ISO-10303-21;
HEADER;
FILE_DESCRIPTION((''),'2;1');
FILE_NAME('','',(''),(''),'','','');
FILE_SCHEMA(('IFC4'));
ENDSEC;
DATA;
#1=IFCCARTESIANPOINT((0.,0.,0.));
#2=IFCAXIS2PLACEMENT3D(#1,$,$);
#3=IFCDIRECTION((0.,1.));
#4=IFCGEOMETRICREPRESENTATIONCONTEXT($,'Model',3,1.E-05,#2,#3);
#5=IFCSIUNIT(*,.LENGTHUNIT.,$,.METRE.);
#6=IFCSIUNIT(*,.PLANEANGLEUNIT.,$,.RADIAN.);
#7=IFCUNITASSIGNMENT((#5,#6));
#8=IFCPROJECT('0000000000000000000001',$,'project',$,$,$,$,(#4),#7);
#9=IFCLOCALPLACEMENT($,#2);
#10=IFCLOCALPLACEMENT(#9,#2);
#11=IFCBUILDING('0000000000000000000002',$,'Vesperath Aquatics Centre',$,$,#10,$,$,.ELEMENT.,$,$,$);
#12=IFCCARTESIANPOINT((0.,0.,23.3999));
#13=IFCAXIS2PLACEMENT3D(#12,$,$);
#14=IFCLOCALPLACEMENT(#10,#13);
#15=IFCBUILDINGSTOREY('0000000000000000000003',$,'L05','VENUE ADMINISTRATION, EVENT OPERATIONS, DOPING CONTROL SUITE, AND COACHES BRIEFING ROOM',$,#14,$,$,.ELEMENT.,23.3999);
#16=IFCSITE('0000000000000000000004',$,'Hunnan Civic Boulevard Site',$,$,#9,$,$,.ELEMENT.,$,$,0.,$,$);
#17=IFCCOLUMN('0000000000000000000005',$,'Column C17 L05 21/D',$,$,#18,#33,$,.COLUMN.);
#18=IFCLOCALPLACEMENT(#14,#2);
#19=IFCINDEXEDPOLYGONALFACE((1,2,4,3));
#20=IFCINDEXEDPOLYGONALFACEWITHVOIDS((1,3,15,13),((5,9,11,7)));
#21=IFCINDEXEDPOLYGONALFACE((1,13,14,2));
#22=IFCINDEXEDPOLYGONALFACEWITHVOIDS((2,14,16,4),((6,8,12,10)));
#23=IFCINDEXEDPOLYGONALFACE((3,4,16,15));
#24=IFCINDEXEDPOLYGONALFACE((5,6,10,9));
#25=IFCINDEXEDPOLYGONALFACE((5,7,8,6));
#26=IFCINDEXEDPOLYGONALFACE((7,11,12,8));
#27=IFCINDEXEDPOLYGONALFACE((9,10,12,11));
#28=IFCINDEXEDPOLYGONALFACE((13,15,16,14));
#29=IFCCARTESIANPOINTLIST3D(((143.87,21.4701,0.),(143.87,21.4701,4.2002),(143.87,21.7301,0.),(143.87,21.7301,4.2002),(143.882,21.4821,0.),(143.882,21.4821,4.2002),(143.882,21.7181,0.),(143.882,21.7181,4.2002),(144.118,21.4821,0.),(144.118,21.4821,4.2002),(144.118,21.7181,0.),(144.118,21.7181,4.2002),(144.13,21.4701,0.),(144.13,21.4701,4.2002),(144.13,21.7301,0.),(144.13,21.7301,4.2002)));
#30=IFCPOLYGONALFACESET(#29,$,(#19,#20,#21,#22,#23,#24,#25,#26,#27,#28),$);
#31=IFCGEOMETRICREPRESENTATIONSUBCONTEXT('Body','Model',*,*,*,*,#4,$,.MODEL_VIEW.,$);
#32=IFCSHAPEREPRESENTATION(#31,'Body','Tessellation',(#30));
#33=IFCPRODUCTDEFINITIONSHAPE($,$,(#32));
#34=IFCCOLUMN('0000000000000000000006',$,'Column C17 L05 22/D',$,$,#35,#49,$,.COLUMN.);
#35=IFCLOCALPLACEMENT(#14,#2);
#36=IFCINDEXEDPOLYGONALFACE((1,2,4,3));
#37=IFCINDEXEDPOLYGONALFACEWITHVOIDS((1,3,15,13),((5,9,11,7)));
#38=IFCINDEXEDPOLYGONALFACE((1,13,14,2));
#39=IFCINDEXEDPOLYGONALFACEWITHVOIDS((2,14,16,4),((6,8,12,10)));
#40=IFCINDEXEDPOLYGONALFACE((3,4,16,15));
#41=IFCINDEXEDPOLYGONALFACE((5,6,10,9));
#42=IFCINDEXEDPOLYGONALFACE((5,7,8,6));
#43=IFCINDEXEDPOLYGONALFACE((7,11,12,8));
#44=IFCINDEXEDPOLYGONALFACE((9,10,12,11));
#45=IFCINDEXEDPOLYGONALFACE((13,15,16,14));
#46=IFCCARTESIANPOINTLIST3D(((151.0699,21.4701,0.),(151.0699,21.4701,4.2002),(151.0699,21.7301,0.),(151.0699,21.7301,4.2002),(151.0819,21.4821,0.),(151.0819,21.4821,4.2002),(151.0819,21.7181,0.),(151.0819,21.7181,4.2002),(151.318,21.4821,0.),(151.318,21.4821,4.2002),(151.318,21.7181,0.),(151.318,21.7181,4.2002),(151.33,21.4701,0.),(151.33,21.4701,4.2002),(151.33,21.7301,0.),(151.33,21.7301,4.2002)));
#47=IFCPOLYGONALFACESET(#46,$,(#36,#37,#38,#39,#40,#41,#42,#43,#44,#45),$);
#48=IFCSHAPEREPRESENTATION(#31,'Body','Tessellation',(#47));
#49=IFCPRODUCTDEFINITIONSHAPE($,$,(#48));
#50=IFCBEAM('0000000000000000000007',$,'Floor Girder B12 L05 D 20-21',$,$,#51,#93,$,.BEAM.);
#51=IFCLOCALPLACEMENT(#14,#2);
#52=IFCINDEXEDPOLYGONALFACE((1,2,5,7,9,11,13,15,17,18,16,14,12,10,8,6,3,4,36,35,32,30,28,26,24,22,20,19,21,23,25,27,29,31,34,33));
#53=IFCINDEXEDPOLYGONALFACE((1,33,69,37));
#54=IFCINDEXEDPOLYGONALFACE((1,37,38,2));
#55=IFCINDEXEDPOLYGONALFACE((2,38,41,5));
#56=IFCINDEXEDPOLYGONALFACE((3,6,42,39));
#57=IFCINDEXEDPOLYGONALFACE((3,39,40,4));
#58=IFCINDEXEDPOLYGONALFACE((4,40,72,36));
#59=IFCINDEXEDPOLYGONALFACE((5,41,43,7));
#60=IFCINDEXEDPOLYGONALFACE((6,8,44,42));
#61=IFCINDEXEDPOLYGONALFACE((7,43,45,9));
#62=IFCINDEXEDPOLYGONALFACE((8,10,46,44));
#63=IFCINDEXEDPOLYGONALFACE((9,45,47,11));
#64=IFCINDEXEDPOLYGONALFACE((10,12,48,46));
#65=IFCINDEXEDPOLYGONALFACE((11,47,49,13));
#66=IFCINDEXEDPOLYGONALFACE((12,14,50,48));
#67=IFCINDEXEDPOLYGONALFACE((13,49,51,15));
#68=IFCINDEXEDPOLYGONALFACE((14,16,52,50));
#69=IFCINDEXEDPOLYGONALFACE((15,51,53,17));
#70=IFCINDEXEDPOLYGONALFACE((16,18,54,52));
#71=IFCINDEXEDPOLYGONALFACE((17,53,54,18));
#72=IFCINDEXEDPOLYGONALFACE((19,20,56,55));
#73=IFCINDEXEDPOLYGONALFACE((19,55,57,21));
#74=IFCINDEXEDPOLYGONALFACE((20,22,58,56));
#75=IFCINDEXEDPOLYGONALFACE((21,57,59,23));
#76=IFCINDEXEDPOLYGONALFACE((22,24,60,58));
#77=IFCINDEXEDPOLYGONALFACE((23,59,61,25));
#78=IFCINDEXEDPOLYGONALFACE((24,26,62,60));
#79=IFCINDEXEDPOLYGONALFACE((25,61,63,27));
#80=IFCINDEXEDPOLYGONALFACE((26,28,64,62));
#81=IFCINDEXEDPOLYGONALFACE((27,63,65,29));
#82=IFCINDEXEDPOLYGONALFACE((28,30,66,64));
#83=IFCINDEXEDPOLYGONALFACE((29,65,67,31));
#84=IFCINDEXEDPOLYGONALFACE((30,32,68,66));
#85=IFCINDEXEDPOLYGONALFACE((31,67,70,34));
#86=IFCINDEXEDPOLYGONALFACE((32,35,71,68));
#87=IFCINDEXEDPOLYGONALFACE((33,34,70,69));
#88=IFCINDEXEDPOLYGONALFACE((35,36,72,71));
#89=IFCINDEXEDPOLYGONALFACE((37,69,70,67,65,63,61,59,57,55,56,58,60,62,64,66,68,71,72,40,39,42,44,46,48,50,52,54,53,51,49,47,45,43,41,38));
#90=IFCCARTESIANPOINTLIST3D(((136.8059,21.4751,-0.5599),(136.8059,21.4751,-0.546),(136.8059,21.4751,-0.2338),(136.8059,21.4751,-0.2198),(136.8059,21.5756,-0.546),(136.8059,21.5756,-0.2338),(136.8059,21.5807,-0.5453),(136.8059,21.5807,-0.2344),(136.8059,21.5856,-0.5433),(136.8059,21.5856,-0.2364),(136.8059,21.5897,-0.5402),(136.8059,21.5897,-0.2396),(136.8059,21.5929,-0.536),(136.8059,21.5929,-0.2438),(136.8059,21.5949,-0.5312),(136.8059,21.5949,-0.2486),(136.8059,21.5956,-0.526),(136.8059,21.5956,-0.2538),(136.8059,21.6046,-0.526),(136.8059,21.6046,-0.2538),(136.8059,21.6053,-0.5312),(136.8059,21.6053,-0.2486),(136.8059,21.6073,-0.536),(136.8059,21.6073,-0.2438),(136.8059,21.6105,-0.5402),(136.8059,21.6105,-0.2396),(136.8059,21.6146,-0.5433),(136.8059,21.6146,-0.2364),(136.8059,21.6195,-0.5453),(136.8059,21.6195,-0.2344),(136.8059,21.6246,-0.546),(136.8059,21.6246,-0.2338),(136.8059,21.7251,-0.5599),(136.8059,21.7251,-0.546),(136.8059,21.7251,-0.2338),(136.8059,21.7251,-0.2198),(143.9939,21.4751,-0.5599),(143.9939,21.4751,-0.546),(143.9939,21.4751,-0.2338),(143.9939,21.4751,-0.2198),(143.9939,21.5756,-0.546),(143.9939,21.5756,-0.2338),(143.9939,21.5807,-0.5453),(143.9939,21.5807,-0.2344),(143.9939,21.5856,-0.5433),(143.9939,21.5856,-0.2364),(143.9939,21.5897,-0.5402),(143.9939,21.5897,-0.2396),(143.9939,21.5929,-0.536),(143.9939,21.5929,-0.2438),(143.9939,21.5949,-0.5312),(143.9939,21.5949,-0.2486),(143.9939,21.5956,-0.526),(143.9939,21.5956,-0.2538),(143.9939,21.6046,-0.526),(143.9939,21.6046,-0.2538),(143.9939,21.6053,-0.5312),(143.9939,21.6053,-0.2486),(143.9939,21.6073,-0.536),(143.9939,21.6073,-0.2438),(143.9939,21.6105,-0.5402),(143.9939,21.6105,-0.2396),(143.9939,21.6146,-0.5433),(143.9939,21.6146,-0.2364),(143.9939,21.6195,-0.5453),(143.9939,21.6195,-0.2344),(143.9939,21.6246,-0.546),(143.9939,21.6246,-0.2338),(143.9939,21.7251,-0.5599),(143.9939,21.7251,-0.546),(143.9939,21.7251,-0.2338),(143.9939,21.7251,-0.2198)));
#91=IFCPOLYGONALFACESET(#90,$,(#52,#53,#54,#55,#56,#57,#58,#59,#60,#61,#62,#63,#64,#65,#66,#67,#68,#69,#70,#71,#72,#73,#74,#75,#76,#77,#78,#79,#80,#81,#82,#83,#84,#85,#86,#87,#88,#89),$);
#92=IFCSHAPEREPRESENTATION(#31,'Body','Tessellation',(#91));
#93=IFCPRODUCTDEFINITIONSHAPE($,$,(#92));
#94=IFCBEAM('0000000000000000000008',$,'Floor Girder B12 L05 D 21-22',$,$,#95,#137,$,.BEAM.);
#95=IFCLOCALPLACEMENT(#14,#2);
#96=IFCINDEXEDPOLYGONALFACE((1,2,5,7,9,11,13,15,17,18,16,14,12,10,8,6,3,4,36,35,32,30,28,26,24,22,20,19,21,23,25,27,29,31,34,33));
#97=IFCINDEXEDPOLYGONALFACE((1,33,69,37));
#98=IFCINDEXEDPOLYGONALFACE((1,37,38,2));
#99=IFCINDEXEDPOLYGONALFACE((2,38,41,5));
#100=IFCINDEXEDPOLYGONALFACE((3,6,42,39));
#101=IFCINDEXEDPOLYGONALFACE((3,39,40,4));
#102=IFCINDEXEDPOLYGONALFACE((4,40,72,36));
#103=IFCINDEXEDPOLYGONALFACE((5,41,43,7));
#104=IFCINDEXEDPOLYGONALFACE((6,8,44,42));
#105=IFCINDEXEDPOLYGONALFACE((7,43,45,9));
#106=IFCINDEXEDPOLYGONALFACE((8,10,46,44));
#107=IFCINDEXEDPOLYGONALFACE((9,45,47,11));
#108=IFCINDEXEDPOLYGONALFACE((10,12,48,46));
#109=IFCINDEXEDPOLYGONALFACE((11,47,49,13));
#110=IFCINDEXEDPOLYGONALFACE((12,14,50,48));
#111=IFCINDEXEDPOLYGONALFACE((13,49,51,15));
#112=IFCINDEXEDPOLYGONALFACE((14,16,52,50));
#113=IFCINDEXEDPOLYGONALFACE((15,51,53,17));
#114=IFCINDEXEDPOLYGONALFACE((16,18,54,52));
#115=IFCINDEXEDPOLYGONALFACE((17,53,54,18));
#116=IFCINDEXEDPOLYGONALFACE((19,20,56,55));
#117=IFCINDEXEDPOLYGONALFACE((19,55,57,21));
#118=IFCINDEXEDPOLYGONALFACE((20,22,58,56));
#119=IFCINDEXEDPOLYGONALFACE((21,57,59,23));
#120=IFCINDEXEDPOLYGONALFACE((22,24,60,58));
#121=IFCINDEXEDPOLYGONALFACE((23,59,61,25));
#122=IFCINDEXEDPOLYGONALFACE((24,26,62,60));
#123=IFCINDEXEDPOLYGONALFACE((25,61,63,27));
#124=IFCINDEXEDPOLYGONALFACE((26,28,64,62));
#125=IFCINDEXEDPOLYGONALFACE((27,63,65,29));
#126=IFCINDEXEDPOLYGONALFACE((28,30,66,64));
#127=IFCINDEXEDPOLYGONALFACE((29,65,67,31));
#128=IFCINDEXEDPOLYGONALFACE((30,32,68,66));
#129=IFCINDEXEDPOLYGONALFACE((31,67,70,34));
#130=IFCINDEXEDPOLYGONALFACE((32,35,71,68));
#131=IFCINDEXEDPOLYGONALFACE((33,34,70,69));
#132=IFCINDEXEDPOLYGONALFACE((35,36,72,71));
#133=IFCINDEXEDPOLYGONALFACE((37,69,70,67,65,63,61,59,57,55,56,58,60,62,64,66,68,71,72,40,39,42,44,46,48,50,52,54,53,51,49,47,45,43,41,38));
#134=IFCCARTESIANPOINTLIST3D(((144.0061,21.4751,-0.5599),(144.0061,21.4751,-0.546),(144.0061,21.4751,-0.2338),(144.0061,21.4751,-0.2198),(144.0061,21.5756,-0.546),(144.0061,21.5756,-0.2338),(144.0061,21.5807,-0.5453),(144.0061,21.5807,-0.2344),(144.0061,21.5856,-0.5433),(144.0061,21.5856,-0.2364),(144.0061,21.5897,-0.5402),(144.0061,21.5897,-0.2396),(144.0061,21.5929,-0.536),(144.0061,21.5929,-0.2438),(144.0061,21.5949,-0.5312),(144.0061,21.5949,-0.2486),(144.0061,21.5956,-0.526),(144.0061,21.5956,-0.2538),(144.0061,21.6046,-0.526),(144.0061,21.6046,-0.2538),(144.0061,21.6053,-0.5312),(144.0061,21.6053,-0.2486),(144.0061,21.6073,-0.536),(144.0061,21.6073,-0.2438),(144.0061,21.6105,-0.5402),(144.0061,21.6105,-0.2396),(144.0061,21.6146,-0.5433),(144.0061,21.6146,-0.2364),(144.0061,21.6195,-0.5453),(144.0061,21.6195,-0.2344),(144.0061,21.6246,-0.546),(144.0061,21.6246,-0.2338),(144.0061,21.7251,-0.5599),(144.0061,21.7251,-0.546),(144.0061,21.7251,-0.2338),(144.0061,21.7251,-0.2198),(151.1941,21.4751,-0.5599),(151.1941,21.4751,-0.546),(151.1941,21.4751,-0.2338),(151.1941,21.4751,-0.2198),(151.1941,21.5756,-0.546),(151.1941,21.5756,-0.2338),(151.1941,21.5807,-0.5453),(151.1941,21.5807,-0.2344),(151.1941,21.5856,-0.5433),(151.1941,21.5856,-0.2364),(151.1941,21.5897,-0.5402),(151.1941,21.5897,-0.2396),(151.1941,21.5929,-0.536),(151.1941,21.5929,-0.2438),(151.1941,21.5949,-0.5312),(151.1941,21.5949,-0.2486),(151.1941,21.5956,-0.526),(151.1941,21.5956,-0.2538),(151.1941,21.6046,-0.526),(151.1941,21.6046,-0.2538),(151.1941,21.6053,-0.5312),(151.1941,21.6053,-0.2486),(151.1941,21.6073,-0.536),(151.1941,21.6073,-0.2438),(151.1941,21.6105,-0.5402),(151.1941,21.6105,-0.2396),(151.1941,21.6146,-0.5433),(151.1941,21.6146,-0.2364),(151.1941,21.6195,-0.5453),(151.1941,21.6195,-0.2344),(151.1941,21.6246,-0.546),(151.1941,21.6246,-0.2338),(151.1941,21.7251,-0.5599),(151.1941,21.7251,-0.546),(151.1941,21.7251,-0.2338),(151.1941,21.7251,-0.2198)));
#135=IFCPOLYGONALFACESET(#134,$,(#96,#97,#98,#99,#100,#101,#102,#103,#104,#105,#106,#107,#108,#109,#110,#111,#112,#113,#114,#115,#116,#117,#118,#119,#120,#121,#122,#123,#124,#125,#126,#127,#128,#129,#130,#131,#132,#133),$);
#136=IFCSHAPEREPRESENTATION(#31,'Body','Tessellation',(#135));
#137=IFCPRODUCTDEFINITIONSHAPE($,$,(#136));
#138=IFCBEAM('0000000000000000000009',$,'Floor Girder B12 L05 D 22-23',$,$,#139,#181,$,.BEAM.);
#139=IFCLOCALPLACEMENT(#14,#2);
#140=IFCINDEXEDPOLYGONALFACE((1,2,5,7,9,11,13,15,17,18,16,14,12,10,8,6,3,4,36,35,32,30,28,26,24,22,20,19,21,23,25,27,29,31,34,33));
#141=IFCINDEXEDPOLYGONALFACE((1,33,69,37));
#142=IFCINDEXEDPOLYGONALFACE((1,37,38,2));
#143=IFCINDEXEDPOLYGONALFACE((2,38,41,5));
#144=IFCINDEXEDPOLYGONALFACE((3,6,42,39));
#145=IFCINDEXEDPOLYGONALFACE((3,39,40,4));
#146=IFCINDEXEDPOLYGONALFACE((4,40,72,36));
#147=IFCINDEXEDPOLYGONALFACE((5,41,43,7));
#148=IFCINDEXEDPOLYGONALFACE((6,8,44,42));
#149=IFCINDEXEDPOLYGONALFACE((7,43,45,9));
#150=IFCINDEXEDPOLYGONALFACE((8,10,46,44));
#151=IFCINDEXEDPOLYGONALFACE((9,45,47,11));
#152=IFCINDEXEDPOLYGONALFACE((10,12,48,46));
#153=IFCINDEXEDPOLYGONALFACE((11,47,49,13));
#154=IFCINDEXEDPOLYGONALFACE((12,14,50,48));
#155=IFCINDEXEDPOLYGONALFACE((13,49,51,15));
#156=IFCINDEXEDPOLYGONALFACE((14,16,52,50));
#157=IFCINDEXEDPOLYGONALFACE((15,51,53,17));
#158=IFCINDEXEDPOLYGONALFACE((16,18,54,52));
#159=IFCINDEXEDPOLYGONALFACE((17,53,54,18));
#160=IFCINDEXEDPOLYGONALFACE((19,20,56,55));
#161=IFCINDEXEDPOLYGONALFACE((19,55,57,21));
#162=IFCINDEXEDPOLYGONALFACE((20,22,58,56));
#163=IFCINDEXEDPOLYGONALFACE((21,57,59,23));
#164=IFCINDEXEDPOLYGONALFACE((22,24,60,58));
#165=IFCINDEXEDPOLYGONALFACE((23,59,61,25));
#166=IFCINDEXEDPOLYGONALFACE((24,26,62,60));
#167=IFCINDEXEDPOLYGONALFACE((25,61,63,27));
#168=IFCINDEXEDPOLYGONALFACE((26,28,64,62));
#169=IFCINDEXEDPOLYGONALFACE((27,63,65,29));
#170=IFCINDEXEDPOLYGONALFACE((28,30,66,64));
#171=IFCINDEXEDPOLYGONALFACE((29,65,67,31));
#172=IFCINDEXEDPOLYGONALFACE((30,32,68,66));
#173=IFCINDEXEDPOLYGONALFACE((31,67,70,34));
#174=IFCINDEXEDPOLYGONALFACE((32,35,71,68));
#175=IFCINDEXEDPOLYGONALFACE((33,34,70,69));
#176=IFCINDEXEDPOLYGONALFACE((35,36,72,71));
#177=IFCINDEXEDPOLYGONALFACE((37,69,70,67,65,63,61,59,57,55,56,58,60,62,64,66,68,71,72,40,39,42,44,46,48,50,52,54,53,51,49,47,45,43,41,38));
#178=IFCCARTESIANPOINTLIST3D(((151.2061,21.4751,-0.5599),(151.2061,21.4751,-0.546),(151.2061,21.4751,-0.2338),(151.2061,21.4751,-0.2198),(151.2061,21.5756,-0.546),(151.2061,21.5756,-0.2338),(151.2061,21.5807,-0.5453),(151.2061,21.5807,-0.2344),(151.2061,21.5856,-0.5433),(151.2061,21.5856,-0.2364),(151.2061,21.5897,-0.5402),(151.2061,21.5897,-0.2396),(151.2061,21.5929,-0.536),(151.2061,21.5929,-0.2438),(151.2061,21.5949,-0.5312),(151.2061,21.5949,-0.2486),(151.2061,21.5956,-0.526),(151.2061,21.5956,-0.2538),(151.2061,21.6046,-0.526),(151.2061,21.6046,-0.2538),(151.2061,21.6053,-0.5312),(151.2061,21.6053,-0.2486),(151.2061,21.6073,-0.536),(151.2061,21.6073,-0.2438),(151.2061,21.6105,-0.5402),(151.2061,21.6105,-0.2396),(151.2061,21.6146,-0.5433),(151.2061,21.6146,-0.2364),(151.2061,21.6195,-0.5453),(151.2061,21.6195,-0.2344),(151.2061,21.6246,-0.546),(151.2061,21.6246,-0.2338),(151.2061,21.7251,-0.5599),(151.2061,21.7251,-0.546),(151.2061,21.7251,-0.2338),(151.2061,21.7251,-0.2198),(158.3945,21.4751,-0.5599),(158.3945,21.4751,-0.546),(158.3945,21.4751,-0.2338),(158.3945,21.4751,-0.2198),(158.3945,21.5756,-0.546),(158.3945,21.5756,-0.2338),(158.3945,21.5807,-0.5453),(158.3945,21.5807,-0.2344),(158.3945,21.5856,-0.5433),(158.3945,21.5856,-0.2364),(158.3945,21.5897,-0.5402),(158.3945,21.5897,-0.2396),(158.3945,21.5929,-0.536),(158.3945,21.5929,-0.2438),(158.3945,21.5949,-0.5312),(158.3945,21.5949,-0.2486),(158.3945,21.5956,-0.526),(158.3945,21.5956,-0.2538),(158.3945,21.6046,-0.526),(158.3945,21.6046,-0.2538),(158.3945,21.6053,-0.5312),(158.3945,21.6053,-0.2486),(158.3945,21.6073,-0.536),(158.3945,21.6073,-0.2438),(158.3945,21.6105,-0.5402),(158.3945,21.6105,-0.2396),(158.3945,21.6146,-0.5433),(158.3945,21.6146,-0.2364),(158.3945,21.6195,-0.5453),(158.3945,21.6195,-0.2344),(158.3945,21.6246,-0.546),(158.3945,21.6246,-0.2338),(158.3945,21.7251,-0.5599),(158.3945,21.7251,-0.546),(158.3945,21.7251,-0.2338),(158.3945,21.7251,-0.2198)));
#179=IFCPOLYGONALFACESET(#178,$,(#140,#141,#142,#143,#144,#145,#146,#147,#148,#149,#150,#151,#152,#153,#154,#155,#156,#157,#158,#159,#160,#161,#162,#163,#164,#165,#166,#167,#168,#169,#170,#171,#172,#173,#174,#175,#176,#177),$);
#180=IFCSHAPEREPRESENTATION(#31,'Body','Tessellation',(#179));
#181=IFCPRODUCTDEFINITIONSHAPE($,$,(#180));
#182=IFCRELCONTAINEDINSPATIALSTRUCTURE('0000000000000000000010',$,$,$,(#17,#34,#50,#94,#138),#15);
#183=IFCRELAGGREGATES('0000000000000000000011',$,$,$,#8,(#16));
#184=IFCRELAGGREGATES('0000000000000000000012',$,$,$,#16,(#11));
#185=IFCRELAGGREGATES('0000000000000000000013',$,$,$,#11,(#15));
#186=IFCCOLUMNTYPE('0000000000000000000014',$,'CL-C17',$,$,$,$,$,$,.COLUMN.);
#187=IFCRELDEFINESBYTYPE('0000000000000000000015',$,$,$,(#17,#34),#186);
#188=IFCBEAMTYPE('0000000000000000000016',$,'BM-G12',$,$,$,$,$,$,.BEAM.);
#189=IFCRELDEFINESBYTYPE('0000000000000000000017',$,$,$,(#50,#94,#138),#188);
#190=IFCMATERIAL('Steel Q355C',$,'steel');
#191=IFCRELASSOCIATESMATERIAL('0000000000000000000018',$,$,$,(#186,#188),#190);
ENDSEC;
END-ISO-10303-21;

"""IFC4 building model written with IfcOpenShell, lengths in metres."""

from ifc_helpers import new_model, si_unit, direction, frame, origin, origin_2d, place, context, subcontext, project, spatial, hollow_rectangle, i_section, extrude, material, material_profile, profile_set, type_object, element, save


model = new_model("IFC4")

# Units and contexts
model_context = context("Model", 3, precision=1e-05, world=origin(), true_north=direction((0.0, 1.0)))
body_context = subcontext(model_context, "Body", "Model", "MODEL_VIEW")
ifc_project = project(units=[si_unit("LENGTHUNIT", "METRE"), si_unit("PLANEANGLEUNIT", "RADIAN")], contexts=[model_context])

# Site, building, storey
site_placement = place(None, origin())
site = spatial("IfcSite", under=ifc_project, at=site_placement, Name="Hunnan Civic Boulevard Site", CompositionType="ELEMENT", RefElevation=0.0)
building_placement = place(site_placement, origin())
building = spatial("IfcBuilding", under=site, at=building_placement, Name="Vesperath Aquatics Centre", CompositionType="ELEMENT")
storey_placement = place(building_placement, frame((0.0, 0.0, 23.3999)))
storey = spatial("IfcBuildingStorey", under=building, at=storey_placement, Name="L05", Description="VENUE ADMINISTRATION, EVENT OPERATIONS, DOPING CONTROL SUITE, AND COACHES BRIEFING ROOM", CompositionType="ELEMENT", Elevation=23.3999)

# Columns
ifc_material_1 = material(Name="Steel Q355C", Category="steel")
ifc_material_profile_1 = material_profile(ifc_material_1, hollow_rectangle(XDim=0.26, YDim=0.26, WallThickness=0.012, at=origin_2d()), Name="SHS 260x260x12")
ifc_profile_set_1 = profile_set([ifc_material_profile_1], Name="Steel Q355C")
column_type = type_object("IfcColumnType", Name="CL-C17", PredefinedType="COLUMN", material=ifc_profile_set_1)
for number, where, z_axis, x_axis, name in (
    (1, (144.0, 21.6001, 0.0), (0.0, 0.0, 1.0), (1.0, 0.0, 0.0), "Column C17 L05 21/D"),
    (2, (151.2, 21.6001, 0.0), (0.0, 0.0, 1.0), (1.0, 0.0, 0.0), "Column C17 L05 22/D"),
):
    element("IfcColumn", number, at=place(storey_placement, frame(where, z_axis=z_axis, x_axis=x_axis)), inside=storey, type_object=column_type, Name=name, PredefinedType="COLUMN", context=body_context, shape_type="SweptSolid", body=[
        extrude(hollow_rectangle(XDim=0.26, YDim=0.26, WallThickness=0.012, at=origin_2d()), origin(), (0.0, 0.0, 1.0), 4.2002),
    ])

# Beams
ifc_material_profile_2 = material_profile(ifc_material_1, i_section(OverallWidth=0.25, OverallDepth=0.3401, WebThickness=0.009, FlangeThickness=0.0139, FilletRadius=0.02, at=origin_2d()), Name="HM 340x250x9x14")
ifc_profile_set_2 = profile_set([ifc_material_profile_2], Name="Steel Q355C")
beam_type_1 = type_object("IfcBeamType", Name="BM-G12", PredefinedType="BEAM", material=ifc_profile_set_2)
for number, where, z_axis, x_axis, name in (
    (3, (136.8059, 21.6001, -0.3899), (1.0, 0.0, 0.0), (0.0, 1.0, 0.0), "Floor Girder B12 L05 D 20-21"),
    (4, (144.0061, 21.6001, -0.3899), (1.0, 0.0, 0.0), (0.0, 1.0, 0.0), "Floor Girder B12 L05 D 21-22"),
):
    element("IfcBeam", number, at=place(storey_placement, frame(where, z_axis=z_axis, x_axis=x_axis)), inside=storey, type_object=beam_type_1, Name=name, PredefinedType="BEAM", context=body_context, shape_type="SweptSolid", body=[
        extrude(i_section(OverallWidth=0.25, OverallDepth=0.3401, WebThickness=0.009, FlangeThickness=0.0139, FilletRadius=0.02, at=origin_2d()), origin(), (0.0, 0.0, 1.0), 7.188),
    ])
beam_1_placement = place(storey_placement, frame((151.2061, 21.6001, -0.3899), z_axis=(1.0, 0.0, 0.0), x_axis=(0.0, 1.0, 0.0)))
element("IfcBeam", 5, at=beam_1_placement, inside=storey, type_object=beam_type_1, Name="Floor Girder B12 L05 D 22-23", PredefinedType="BEAM", context=body_context, shape_type="SweptSolid", body=[
    extrude(i_section(OverallWidth=0.25, OverallDepth=0.3401, WebThickness=0.009, FlangeThickness=0.0139, FilletRadius=0.02, at=origin_2d()), origin(), (0.0, 0.0, 1.0), 7.1885),
])

save(model, "model.ifc")
